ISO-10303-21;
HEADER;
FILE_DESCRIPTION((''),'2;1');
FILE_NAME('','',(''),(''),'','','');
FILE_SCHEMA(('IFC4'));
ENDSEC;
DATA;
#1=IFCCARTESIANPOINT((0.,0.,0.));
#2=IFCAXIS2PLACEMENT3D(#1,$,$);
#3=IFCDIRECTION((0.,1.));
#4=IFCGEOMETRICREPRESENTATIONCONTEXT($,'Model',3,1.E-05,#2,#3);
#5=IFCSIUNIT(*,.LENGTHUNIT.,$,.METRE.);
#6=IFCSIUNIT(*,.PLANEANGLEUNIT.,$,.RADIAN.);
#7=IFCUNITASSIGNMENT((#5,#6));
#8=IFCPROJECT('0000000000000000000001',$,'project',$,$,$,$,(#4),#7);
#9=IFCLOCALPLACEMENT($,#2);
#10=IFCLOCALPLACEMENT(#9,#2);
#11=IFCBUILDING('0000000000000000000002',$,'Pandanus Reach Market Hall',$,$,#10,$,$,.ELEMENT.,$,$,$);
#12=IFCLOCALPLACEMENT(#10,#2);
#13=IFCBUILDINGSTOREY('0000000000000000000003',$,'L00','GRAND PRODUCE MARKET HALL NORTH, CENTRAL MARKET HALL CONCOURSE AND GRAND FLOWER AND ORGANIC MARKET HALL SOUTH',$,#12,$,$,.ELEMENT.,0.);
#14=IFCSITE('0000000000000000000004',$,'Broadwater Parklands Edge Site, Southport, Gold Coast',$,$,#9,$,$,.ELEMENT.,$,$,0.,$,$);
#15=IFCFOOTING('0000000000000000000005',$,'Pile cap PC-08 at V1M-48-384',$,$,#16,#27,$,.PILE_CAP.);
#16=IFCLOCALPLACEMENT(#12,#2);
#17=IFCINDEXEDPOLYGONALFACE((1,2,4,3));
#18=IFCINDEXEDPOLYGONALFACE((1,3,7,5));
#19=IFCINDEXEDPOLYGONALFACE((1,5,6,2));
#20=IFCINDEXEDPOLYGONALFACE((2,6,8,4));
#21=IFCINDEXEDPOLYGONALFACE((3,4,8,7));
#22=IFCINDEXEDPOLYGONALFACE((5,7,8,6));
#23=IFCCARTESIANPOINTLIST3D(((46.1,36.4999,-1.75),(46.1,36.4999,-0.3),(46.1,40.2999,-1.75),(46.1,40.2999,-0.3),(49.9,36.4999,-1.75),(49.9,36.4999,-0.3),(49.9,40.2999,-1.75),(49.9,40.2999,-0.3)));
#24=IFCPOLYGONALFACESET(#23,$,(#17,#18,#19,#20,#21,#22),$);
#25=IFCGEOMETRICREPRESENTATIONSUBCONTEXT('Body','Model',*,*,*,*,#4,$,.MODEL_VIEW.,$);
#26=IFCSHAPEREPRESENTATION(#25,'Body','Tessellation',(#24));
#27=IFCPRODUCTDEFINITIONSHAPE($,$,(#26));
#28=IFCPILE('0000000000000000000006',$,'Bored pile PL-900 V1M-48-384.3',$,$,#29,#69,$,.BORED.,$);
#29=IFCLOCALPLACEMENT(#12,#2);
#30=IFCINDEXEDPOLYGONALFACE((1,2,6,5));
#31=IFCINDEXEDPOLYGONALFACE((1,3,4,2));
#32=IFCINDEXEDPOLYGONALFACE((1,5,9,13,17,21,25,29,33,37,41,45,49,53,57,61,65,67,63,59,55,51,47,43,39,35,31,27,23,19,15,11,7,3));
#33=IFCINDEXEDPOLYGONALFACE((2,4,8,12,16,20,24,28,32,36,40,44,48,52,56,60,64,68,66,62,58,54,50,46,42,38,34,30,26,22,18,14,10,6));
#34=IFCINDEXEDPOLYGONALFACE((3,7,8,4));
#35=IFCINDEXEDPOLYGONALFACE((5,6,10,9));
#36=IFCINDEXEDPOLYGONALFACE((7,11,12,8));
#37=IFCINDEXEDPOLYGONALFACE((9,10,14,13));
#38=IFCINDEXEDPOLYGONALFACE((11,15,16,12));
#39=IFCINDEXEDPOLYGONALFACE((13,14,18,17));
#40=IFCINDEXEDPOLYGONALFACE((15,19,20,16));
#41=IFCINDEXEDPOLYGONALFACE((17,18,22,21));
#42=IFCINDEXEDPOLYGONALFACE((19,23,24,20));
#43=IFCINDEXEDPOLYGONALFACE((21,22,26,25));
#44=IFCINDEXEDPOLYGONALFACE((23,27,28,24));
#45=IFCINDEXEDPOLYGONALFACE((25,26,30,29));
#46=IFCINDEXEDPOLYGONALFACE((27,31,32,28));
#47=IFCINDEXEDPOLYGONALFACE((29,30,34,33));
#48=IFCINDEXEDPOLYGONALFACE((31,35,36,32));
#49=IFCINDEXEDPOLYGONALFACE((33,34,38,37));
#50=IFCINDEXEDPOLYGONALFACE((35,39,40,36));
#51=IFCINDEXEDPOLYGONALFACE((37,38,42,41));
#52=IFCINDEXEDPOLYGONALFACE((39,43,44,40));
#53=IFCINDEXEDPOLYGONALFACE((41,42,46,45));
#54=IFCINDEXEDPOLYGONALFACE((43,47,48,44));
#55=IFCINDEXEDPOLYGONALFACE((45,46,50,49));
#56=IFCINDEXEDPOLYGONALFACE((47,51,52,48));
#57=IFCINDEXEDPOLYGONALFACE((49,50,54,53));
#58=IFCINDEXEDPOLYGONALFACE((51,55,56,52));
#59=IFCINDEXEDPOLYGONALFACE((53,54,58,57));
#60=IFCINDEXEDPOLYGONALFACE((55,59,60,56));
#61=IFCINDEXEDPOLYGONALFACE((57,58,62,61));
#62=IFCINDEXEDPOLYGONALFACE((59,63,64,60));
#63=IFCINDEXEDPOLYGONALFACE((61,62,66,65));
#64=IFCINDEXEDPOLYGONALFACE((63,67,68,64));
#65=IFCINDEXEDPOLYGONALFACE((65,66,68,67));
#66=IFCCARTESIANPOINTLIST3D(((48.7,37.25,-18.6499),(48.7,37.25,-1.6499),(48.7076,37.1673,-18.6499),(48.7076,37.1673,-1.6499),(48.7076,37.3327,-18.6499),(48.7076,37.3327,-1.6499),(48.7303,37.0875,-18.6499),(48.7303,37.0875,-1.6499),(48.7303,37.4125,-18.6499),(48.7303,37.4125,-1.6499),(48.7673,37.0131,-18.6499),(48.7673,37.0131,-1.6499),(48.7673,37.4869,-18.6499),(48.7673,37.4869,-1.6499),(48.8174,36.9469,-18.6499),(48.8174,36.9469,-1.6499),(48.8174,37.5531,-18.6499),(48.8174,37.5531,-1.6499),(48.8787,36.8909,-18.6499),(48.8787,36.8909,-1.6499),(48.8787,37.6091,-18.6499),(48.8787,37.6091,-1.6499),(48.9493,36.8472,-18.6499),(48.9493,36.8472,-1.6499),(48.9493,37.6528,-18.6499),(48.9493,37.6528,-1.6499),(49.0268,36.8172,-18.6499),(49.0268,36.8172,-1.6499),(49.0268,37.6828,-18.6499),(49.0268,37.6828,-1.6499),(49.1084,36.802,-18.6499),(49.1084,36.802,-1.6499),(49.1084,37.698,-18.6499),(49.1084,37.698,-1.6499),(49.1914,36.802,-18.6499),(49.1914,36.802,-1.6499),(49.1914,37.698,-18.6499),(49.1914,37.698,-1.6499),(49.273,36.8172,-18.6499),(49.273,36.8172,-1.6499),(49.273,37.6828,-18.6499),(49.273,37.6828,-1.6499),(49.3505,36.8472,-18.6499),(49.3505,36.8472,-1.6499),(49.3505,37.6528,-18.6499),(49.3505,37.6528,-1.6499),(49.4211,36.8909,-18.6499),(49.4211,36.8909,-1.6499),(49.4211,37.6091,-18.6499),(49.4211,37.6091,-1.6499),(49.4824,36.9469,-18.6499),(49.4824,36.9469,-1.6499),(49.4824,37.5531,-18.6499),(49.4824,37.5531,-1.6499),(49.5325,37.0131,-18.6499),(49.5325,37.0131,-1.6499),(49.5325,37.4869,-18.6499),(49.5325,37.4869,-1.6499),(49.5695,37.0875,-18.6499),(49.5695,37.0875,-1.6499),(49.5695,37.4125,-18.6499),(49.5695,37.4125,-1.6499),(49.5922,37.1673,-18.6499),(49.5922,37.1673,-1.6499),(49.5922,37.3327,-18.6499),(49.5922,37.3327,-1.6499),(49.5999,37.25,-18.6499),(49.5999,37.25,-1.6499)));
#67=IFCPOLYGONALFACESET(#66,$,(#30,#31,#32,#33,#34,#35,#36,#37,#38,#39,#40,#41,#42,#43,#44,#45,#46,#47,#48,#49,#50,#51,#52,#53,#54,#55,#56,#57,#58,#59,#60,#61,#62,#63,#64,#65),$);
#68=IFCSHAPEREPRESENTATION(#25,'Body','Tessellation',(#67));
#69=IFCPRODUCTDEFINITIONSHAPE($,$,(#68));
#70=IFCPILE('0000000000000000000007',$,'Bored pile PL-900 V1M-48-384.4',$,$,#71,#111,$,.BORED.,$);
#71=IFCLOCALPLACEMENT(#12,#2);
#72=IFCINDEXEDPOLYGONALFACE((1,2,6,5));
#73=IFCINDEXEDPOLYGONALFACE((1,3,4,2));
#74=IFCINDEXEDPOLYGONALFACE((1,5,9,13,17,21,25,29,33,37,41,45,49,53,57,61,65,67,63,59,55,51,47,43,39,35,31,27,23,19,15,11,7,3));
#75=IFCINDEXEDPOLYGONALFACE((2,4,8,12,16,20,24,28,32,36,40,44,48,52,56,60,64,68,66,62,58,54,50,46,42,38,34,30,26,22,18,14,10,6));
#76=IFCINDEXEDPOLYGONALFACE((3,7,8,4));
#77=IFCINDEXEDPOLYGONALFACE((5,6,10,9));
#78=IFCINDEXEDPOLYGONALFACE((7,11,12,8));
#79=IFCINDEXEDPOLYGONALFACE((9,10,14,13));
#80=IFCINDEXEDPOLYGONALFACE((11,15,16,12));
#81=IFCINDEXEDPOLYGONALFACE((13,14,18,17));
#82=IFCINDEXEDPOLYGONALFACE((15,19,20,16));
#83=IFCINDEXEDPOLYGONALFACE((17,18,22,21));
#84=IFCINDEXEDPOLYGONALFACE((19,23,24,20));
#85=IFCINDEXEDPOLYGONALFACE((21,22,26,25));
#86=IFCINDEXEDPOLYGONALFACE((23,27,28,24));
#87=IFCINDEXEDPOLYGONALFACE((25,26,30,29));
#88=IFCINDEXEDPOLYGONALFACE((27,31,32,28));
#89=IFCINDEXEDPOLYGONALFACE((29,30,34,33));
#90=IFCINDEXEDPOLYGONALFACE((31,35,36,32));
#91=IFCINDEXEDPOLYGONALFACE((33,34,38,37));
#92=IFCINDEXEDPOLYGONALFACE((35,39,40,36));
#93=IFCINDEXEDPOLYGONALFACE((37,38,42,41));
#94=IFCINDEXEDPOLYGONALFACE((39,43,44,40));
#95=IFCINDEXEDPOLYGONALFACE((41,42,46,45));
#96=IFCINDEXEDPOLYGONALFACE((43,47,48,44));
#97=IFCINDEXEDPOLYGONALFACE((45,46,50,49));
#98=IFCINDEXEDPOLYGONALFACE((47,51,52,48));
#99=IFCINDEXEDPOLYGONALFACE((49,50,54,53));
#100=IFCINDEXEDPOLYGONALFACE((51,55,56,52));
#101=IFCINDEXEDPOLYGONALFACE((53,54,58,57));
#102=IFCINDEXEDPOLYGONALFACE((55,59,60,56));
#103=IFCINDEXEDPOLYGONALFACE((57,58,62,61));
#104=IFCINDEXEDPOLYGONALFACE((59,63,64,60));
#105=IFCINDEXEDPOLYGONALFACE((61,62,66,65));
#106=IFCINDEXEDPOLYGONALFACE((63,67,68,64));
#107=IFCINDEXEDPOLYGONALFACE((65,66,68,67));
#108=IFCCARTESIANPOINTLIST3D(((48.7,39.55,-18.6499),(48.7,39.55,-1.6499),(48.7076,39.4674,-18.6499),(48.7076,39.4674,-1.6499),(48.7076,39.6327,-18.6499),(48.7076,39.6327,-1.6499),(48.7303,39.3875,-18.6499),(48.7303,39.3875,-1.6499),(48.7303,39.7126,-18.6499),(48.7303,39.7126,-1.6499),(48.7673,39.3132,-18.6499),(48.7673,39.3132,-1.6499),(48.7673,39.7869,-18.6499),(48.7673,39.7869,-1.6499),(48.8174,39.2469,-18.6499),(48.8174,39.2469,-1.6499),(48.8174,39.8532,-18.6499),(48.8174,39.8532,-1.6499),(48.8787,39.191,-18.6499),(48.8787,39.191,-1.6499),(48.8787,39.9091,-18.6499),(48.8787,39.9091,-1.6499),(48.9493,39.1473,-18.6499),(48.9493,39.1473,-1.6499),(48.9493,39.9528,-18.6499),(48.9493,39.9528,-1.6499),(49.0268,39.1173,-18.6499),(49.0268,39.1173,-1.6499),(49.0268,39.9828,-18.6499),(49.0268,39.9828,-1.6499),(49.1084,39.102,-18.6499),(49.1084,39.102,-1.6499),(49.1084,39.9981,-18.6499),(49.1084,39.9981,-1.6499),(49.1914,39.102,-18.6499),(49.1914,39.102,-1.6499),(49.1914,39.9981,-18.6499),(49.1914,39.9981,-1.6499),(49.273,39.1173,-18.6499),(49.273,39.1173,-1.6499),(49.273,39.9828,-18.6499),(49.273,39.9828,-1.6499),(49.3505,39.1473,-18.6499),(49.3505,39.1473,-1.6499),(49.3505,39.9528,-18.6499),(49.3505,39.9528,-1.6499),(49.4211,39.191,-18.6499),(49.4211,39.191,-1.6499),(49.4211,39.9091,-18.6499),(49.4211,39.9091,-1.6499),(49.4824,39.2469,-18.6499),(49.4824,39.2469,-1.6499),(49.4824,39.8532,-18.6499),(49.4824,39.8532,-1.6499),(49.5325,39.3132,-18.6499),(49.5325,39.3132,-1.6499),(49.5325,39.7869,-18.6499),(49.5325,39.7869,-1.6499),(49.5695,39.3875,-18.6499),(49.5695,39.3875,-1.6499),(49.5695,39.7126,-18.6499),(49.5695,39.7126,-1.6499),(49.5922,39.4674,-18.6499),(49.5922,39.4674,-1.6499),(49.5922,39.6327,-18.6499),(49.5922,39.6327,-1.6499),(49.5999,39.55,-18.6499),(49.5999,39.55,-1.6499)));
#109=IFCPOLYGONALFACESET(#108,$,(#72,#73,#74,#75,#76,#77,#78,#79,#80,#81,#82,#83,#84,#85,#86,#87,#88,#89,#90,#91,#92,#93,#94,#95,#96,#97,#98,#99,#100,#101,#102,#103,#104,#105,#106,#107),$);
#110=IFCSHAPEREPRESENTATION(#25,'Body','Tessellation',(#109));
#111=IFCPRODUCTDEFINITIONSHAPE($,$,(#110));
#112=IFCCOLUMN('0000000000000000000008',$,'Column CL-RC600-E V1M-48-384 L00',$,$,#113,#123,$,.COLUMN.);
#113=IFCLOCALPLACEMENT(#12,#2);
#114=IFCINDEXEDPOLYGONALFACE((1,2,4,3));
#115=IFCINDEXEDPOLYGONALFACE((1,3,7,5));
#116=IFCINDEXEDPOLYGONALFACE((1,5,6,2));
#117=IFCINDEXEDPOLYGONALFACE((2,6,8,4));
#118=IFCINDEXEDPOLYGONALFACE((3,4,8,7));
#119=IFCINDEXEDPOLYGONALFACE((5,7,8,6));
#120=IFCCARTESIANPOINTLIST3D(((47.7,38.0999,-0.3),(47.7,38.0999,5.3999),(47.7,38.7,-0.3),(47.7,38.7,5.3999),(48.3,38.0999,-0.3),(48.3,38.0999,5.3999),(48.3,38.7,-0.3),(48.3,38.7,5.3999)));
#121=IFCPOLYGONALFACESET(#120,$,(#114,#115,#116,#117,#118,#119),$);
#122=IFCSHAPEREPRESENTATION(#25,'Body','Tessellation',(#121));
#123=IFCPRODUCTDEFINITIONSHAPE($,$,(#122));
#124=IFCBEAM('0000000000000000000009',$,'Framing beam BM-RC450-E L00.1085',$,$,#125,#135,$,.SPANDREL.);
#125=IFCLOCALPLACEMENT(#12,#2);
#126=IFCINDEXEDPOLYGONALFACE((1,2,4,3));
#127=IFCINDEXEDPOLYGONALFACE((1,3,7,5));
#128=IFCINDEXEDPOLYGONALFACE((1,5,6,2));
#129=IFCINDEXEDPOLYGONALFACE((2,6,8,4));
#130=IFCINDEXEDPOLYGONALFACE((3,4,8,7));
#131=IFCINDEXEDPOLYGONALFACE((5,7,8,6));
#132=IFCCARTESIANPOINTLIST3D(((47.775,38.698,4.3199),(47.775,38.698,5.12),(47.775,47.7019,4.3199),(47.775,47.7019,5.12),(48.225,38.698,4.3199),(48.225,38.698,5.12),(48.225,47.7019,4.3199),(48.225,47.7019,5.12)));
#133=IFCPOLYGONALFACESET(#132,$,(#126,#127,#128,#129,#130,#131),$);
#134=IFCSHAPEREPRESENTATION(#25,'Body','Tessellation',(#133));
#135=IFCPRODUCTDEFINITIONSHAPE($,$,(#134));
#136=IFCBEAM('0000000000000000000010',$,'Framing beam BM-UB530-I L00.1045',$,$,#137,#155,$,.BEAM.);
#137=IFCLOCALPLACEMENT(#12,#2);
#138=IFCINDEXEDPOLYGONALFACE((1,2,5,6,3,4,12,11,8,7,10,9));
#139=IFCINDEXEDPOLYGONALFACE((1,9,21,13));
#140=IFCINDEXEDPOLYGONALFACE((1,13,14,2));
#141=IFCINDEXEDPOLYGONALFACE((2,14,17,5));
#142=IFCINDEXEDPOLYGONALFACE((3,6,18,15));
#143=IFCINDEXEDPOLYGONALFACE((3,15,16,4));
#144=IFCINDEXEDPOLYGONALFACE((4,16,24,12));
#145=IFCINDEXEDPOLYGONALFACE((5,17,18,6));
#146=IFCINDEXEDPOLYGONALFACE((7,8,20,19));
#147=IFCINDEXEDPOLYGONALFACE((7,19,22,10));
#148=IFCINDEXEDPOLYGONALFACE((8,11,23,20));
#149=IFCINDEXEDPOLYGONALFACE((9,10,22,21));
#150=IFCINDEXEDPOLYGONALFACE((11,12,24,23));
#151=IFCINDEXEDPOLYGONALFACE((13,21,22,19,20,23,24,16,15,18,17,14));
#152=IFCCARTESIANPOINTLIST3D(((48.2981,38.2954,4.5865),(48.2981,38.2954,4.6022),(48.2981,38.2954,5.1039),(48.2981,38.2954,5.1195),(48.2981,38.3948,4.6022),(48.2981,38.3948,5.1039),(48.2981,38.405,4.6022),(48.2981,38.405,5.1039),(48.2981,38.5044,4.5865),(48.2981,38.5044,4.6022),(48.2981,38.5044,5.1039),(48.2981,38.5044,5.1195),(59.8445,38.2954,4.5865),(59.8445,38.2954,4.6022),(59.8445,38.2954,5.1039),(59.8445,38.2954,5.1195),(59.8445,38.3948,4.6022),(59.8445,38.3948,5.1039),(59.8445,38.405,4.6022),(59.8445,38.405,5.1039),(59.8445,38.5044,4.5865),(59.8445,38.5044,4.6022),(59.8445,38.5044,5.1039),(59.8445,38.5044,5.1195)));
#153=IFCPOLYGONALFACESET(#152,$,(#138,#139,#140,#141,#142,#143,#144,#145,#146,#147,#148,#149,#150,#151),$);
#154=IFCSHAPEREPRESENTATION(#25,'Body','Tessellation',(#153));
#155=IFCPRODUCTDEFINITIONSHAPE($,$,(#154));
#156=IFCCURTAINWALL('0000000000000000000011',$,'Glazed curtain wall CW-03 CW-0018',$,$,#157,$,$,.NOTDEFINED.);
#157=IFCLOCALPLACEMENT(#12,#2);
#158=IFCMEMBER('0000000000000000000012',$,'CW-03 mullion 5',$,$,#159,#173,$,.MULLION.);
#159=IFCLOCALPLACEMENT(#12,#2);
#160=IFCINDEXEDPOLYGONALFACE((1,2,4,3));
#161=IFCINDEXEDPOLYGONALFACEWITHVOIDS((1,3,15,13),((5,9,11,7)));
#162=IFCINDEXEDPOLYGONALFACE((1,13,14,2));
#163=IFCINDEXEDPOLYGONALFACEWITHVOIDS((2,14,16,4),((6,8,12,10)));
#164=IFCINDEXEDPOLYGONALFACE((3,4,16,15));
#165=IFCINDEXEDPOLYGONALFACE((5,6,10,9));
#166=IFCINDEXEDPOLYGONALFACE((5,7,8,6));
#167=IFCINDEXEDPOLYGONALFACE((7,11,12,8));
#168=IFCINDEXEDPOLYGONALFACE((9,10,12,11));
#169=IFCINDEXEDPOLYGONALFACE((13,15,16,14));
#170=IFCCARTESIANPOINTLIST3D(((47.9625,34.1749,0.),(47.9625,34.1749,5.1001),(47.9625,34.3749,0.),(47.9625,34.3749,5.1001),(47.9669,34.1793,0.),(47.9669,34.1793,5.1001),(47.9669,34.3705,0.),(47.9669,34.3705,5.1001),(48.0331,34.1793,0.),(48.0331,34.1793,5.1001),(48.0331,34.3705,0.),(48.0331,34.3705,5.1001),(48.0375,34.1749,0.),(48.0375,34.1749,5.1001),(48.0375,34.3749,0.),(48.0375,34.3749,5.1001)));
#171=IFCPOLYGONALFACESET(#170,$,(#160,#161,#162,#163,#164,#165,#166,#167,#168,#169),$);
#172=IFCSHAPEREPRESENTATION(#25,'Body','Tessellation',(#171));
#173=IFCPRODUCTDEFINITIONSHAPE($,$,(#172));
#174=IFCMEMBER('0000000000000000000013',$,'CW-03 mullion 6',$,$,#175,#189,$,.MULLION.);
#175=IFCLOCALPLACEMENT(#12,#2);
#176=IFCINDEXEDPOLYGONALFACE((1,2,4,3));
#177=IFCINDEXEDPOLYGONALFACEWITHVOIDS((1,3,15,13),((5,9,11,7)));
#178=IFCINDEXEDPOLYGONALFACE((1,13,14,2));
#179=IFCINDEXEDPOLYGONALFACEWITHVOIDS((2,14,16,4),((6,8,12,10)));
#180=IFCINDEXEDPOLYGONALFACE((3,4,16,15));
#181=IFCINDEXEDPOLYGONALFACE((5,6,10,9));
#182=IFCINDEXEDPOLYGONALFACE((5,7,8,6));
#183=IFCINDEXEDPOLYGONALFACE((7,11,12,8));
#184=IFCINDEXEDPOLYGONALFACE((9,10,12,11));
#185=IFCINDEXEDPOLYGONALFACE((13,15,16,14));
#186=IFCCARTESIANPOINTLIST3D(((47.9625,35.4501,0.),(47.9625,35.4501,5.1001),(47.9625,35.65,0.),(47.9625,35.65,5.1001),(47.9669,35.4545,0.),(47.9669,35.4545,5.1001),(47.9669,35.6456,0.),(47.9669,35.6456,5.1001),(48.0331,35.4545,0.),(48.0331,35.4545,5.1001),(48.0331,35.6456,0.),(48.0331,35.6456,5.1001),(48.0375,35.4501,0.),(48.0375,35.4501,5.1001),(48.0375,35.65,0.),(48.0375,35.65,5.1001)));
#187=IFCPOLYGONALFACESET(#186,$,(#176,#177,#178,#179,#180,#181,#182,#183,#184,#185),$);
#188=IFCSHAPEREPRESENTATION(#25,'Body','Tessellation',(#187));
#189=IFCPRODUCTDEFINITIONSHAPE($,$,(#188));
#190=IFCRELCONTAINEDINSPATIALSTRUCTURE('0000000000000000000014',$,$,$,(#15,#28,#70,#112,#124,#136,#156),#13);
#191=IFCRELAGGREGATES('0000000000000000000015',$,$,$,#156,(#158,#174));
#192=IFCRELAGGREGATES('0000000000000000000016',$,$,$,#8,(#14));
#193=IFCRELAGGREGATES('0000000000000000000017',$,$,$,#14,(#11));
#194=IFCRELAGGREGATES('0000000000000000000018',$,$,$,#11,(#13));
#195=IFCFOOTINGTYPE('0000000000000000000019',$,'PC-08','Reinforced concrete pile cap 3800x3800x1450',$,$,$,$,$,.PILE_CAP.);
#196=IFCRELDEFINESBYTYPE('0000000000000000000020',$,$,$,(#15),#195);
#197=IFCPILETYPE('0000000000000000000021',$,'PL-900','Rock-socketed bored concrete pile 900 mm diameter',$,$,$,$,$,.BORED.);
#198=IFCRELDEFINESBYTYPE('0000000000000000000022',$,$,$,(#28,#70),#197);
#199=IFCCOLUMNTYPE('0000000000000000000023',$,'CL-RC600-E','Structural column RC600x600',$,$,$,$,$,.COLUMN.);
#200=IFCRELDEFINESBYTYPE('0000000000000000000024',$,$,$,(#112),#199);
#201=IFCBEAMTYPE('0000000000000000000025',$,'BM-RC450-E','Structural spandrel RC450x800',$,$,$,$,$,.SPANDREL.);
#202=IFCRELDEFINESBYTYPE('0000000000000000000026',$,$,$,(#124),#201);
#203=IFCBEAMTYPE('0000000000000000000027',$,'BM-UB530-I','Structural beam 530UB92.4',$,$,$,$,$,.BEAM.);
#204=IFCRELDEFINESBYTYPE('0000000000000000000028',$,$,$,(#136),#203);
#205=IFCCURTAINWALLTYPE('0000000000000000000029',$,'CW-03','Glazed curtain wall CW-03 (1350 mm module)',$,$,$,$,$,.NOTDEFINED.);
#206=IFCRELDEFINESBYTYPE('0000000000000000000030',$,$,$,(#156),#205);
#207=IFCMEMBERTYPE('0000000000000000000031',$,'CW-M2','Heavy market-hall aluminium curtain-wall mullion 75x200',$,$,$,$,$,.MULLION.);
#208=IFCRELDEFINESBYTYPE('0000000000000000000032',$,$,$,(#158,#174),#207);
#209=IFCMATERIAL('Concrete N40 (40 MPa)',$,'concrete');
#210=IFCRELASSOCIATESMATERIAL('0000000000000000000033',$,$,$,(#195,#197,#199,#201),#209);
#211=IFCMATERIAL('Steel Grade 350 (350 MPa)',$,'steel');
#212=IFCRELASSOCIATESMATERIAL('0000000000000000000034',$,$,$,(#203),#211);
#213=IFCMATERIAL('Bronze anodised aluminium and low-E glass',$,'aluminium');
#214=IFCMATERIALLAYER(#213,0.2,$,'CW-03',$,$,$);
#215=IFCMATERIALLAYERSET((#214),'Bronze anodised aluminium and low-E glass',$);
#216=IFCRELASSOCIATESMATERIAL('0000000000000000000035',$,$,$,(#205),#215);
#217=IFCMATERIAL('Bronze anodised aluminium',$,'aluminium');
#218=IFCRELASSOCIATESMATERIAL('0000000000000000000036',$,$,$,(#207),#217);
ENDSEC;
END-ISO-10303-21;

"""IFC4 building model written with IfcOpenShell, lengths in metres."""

from ifc_helpers import new_model, si_unit, direction, frame, origin, origin_2d, place, context, subcontext, project, spatial, rectangle, hollow_rectangle, circle, i_section, extrude, material, layer, layer_set, material_profile, profile_set, type_object, element, aggregate, save


model = new_model("IFC4")

# Units and contexts
model_context = context("Model", 3, precision=1e-05, world=origin(), true_north=direction((0.0, 1.0)))
body_context = subcontext(model_context, "Body", "Model", "MODEL_VIEW")
ifc_project = project(units=[si_unit("LENGTHUNIT", "METRE"), si_unit("PLANEANGLEUNIT", "RADIAN")], contexts=[model_context])

# Site, building, storey
site_placement = place(None, origin())
site = spatial("IfcSite", under=ifc_project, at=site_placement, Name="Broadwater Parklands Edge Site, Southport, Gold Coast", CompositionType="ELEMENT", RefElevation=0.0)
building_placement = place(site_placement, origin())
building = spatial("IfcBuilding", under=site, at=building_placement, Name="Pandanus Reach Market Hall", CompositionType="ELEMENT")
storey_placement = place(building_placement, origin())
storey = spatial("IfcBuildingStorey", under=building, at=storey_placement, Name="L00", Description="GRAND PRODUCE MARKET HALL NORTH, CENTRAL MARKET HALL CONCOURSE AND GRAND FLOWER AND ORGANIC MARKET HALL SOUTH", CompositionType="ELEMENT", Elevation=0.0)

# Footing
ifc_material_1 = material(Name="Concrete N40 (40 MPa)", Category="concrete")
footing_type = type_object("IfcFootingType", Name="PC-08", Description="Reinforced concrete pile cap 3800x3800x1450", PredefinedType="PILE_CAP", material=ifc_material_1)
footing_placement = place(storey_placement, frame((48.0, 38.3999, -1.75), z_axis=(0.0, 0.0, 1.0), x_axis=(1.0, 0.0, 0.0)))
element("IfcFooting", 1, at=footing_placement, inside=storey, type_object=footing_type, Name="Pile cap PC-08 at V1M-48-384", PredefinedType="PILE_CAP", context=body_context, shape_type="SweptSolid", body=[
    extrude(rectangle(XDim=3.8, YDim=3.8, at=origin_2d()), origin(), (0.0, 0.0, 1.0), 1.45),
])

# Piles
ifc_material_profile_1 = material_profile(ifc_material_1, circle(Radius=0.45, at=origin_2d()), Name="PILE-900D", Category="LoadBearing")
ifc_profile_set_1 = profile_set([ifc_material_profile_1], Name="Concrete N40 (40 MPa)")
pile_type = type_object("IfcPileType", Name="PL-900", Description="Rock-socketed bored concrete pile 900 mm diameter", PredefinedType="BORED", material=ifc_profile_set_1)
for number, where, z_axis, x_axis, name in (
    (2, (49.1499, 37.25, -1.6499), (0.0, 0.0, -1.0), (1.0, 0.0, 0.0), "Bored pile PL-900 V1M-48-384.3"),
    (3, (49.1499, 39.55, -1.6499), (0.0, 0.0, -1.0), (1.0, 0.0, 0.0), "Bored pile PL-900 V1M-48-384.4"),
):
    element("IfcPile", number, at=place(storey_placement, frame(where, z_axis=z_axis, x_axis=x_axis)), inside=storey, type_object=pile_type, Name=name, PredefinedType="BORED", context=body_context, shape_type="SweptSolid", body=[
        extrude(circle(Radius=0.45, at=origin_2d()), origin(), (0.0, 0.0, 1.0), 17.0),
    ])

# Column
ifc_material_profile_2 = material_profile(ifc_material_1, rectangle(XDim=0.6001, YDim=0.6001, at=origin_2d()), Name="RC600x600", Category="LoadBearing")
ifc_profile_set_2 = profile_set([ifc_material_profile_2], Name="Concrete N40 (40 MPa)")
column_type = type_object("IfcColumnType", Name="CL-RC600-E", Description="Structural column RC600x600", PredefinedType="COLUMN", material=ifc_profile_set_2)
column_placement = place(storey_placement, frame((48.0, 38.3999, -0.3), z_axis=(0.0, 0.0, 1.0), x_axis=(1.0, 0.0, 0.0)))
element("IfcColumn", 4, at=column_placement, inside=storey, type_object=column_type, Name="Column CL-RC600-E V1M-48-384 L00", PredefinedType="COLUMN", context=body_context, shape_type="SweptSolid", body=[
    extrude(rectangle(XDim=0.6001, YDim=0.6001, at=origin_2d()), origin(), (0.0, 0.0, 1.0), 5.7),
])

# Beams
ifc_material_profile_3 = material_profile(ifc_material_1, rectangle(XDim=0.45, YDim=0.8, at=origin_2d()), Name="RC450x800", Category="LoadBearing")
ifc_profile_set_3 = profile_set([ifc_material_profile_3], Name="Concrete N40 (40 MPa)")
beam_type_1 = type_object("IfcBeamType", Name="BM-RC450-E", Description="Structural spandrel RC450x800", PredefinedType="SPANDREL", material=ifc_profile_set_3)
beam_1_placement = place(storey_placement, frame((48.0, 38.698, 4.72), z_axis=(0.0, 1.0, 0.0), x_axis=(-1.0, 0.0, 0.0)))
element("IfcBeam", 5, at=beam_1_placement, inside=storey, type_object=beam_type_1, Name="Framing beam BM-RC450-E L00.1085", PredefinedType="SPANDREL", context=body_context, shape_type="SweptSolid", body=[
    extrude(rectangle(XDim=0.45, YDim=0.8, at=origin_2d()), origin(), (0.0, 0.0, 1.0), 9.0039),
])
ifc_material_2 = material(Name="Steel Grade 350 (350 MPa)", Category="steel")
ifc_material_profile_4 = material_profile(ifc_material_2, i_section(OverallWidth=0.209, OverallDepth=0.533, WebThickness=0.0103, FlangeThickness=0.0156, at=origin_2d()), Name="530UB92.4", Category="LoadBearing")
ifc_profile_set_4 = profile_set([ifc_material_profile_4], Name="Steel Grade 350 (350 MPa)")
beam_type_2 = type_object("IfcBeamType", Name="BM-UB530-I", Description="Structural beam 530UB92.4", PredefinedType="BEAM", material=ifc_profile_set_4)
beam_2_placement = place(storey_placement, frame((48.2981, 38.3999, 4.853), z_axis=(1.0, 0.0, 0.0), x_axis=(0.0, 1.0, 0.0)))
element("IfcBeam", 6, at=beam_2_placement, inside=storey, type_object=beam_type_2, Name="Framing beam BM-UB530-I L00.1045", PredefinedType="BEAM", context=body_context, shape_type="SweptSolid", body=[
    extrude(i_section(OverallWidth=0.209, OverallDepth=0.533, WebThickness=0.0103, FlangeThickness=0.0156, at=origin_2d()), origin(), (0.0, 0.0, 1.0), 11.5464),
])

# Curtain wall, members
ifc_material_3 = material(Name="Bronze anodised aluminium and low-E glass", Category="aluminium")
ifc_layer_1 = layer(ifc_material_3, 0.2, Name="CW-03")
ifc_layer_set_1 = layer_set([ifc_layer_1], Name="Bronze anodised aluminium and low-E glass")
curtain_wall_type = type_object("IfcCurtainWallType", Name="CW-03", Description="Glazed curtain wall CW-03 (1350 mm module)", PredefinedType="NOTDEFINED", material=ifc_layer_set_1)
curtain_wall_placement = place(storey_placement, origin())
curtain_wall = element("IfcCurtainWall", 7, at=curtain_wall_placement, inside=storey, type_object=curtain_wall_type, Name="Glazed curtain wall CW-03 CW-0018", PredefinedType="NOTDEFINED")
ifc_material_4 = material(Name="Bronze anodised aluminium", Category="aluminium")
ifc_material_profile_5 = material_profile(ifc_material_4, hollow_rectangle(XDim=0.075, YDim=0.2, WallThickness=0.0044, at=origin_2d()), Name="ALU75x200", Category="LoadBearing")
ifc_profile_set_5 = profile_set([ifc_material_profile_5], Name="Bronze anodised aluminium")
member_type_1 = type_object("IfcMemberType", Name="CW-M2", Description="Heavy market-hall aluminium curtain-wall mullion 75x200", PredefinedType="MULLION", material=ifc_profile_set_5)
member_1_placement = place(storey_placement, frame((48.0, 34.2749, 0.0), z_axis=(0.0, 0.0, 1.0), x_axis=(-1.0, 0.0, 0.0)))
member_1 = element("IfcMember", 8, at=member_1_placement, type_object=member_type_1, Name="CW-03 mullion 5", PredefinedType="MULLION", context=body_context, shape_type="SweptSolid", body=[
    extrude(hollow_rectangle(XDim=0.075, YDim=0.2, WallThickness=0.0044, at=origin_2d()), origin(), (0.0, 0.0, 1.0), 5.1001),
])
member_2_placement = place(storey_placement, frame((48.0, 35.55, 0.0), z_axis=(0.0, 0.0, 1.0), x_axis=(-1.0, 0.0, 0.0)))
member_2 = element("IfcMember", 9, at=member_2_placement, type_object=member_type_1, Name="CW-03 mullion 6", PredefinedType="MULLION", context=body_context, shape_type="SweptSolid", body=[
    extrude(hollow_rectangle(XDim=0.075, YDim=0.2, WallThickness=0.0044, at=origin_2d()), origin(), (0.0, 0.0, 1.0), 5.1001),
])

aggregate(curtain_wall, [member_1, member_2])

save(model, "model.ifc")
